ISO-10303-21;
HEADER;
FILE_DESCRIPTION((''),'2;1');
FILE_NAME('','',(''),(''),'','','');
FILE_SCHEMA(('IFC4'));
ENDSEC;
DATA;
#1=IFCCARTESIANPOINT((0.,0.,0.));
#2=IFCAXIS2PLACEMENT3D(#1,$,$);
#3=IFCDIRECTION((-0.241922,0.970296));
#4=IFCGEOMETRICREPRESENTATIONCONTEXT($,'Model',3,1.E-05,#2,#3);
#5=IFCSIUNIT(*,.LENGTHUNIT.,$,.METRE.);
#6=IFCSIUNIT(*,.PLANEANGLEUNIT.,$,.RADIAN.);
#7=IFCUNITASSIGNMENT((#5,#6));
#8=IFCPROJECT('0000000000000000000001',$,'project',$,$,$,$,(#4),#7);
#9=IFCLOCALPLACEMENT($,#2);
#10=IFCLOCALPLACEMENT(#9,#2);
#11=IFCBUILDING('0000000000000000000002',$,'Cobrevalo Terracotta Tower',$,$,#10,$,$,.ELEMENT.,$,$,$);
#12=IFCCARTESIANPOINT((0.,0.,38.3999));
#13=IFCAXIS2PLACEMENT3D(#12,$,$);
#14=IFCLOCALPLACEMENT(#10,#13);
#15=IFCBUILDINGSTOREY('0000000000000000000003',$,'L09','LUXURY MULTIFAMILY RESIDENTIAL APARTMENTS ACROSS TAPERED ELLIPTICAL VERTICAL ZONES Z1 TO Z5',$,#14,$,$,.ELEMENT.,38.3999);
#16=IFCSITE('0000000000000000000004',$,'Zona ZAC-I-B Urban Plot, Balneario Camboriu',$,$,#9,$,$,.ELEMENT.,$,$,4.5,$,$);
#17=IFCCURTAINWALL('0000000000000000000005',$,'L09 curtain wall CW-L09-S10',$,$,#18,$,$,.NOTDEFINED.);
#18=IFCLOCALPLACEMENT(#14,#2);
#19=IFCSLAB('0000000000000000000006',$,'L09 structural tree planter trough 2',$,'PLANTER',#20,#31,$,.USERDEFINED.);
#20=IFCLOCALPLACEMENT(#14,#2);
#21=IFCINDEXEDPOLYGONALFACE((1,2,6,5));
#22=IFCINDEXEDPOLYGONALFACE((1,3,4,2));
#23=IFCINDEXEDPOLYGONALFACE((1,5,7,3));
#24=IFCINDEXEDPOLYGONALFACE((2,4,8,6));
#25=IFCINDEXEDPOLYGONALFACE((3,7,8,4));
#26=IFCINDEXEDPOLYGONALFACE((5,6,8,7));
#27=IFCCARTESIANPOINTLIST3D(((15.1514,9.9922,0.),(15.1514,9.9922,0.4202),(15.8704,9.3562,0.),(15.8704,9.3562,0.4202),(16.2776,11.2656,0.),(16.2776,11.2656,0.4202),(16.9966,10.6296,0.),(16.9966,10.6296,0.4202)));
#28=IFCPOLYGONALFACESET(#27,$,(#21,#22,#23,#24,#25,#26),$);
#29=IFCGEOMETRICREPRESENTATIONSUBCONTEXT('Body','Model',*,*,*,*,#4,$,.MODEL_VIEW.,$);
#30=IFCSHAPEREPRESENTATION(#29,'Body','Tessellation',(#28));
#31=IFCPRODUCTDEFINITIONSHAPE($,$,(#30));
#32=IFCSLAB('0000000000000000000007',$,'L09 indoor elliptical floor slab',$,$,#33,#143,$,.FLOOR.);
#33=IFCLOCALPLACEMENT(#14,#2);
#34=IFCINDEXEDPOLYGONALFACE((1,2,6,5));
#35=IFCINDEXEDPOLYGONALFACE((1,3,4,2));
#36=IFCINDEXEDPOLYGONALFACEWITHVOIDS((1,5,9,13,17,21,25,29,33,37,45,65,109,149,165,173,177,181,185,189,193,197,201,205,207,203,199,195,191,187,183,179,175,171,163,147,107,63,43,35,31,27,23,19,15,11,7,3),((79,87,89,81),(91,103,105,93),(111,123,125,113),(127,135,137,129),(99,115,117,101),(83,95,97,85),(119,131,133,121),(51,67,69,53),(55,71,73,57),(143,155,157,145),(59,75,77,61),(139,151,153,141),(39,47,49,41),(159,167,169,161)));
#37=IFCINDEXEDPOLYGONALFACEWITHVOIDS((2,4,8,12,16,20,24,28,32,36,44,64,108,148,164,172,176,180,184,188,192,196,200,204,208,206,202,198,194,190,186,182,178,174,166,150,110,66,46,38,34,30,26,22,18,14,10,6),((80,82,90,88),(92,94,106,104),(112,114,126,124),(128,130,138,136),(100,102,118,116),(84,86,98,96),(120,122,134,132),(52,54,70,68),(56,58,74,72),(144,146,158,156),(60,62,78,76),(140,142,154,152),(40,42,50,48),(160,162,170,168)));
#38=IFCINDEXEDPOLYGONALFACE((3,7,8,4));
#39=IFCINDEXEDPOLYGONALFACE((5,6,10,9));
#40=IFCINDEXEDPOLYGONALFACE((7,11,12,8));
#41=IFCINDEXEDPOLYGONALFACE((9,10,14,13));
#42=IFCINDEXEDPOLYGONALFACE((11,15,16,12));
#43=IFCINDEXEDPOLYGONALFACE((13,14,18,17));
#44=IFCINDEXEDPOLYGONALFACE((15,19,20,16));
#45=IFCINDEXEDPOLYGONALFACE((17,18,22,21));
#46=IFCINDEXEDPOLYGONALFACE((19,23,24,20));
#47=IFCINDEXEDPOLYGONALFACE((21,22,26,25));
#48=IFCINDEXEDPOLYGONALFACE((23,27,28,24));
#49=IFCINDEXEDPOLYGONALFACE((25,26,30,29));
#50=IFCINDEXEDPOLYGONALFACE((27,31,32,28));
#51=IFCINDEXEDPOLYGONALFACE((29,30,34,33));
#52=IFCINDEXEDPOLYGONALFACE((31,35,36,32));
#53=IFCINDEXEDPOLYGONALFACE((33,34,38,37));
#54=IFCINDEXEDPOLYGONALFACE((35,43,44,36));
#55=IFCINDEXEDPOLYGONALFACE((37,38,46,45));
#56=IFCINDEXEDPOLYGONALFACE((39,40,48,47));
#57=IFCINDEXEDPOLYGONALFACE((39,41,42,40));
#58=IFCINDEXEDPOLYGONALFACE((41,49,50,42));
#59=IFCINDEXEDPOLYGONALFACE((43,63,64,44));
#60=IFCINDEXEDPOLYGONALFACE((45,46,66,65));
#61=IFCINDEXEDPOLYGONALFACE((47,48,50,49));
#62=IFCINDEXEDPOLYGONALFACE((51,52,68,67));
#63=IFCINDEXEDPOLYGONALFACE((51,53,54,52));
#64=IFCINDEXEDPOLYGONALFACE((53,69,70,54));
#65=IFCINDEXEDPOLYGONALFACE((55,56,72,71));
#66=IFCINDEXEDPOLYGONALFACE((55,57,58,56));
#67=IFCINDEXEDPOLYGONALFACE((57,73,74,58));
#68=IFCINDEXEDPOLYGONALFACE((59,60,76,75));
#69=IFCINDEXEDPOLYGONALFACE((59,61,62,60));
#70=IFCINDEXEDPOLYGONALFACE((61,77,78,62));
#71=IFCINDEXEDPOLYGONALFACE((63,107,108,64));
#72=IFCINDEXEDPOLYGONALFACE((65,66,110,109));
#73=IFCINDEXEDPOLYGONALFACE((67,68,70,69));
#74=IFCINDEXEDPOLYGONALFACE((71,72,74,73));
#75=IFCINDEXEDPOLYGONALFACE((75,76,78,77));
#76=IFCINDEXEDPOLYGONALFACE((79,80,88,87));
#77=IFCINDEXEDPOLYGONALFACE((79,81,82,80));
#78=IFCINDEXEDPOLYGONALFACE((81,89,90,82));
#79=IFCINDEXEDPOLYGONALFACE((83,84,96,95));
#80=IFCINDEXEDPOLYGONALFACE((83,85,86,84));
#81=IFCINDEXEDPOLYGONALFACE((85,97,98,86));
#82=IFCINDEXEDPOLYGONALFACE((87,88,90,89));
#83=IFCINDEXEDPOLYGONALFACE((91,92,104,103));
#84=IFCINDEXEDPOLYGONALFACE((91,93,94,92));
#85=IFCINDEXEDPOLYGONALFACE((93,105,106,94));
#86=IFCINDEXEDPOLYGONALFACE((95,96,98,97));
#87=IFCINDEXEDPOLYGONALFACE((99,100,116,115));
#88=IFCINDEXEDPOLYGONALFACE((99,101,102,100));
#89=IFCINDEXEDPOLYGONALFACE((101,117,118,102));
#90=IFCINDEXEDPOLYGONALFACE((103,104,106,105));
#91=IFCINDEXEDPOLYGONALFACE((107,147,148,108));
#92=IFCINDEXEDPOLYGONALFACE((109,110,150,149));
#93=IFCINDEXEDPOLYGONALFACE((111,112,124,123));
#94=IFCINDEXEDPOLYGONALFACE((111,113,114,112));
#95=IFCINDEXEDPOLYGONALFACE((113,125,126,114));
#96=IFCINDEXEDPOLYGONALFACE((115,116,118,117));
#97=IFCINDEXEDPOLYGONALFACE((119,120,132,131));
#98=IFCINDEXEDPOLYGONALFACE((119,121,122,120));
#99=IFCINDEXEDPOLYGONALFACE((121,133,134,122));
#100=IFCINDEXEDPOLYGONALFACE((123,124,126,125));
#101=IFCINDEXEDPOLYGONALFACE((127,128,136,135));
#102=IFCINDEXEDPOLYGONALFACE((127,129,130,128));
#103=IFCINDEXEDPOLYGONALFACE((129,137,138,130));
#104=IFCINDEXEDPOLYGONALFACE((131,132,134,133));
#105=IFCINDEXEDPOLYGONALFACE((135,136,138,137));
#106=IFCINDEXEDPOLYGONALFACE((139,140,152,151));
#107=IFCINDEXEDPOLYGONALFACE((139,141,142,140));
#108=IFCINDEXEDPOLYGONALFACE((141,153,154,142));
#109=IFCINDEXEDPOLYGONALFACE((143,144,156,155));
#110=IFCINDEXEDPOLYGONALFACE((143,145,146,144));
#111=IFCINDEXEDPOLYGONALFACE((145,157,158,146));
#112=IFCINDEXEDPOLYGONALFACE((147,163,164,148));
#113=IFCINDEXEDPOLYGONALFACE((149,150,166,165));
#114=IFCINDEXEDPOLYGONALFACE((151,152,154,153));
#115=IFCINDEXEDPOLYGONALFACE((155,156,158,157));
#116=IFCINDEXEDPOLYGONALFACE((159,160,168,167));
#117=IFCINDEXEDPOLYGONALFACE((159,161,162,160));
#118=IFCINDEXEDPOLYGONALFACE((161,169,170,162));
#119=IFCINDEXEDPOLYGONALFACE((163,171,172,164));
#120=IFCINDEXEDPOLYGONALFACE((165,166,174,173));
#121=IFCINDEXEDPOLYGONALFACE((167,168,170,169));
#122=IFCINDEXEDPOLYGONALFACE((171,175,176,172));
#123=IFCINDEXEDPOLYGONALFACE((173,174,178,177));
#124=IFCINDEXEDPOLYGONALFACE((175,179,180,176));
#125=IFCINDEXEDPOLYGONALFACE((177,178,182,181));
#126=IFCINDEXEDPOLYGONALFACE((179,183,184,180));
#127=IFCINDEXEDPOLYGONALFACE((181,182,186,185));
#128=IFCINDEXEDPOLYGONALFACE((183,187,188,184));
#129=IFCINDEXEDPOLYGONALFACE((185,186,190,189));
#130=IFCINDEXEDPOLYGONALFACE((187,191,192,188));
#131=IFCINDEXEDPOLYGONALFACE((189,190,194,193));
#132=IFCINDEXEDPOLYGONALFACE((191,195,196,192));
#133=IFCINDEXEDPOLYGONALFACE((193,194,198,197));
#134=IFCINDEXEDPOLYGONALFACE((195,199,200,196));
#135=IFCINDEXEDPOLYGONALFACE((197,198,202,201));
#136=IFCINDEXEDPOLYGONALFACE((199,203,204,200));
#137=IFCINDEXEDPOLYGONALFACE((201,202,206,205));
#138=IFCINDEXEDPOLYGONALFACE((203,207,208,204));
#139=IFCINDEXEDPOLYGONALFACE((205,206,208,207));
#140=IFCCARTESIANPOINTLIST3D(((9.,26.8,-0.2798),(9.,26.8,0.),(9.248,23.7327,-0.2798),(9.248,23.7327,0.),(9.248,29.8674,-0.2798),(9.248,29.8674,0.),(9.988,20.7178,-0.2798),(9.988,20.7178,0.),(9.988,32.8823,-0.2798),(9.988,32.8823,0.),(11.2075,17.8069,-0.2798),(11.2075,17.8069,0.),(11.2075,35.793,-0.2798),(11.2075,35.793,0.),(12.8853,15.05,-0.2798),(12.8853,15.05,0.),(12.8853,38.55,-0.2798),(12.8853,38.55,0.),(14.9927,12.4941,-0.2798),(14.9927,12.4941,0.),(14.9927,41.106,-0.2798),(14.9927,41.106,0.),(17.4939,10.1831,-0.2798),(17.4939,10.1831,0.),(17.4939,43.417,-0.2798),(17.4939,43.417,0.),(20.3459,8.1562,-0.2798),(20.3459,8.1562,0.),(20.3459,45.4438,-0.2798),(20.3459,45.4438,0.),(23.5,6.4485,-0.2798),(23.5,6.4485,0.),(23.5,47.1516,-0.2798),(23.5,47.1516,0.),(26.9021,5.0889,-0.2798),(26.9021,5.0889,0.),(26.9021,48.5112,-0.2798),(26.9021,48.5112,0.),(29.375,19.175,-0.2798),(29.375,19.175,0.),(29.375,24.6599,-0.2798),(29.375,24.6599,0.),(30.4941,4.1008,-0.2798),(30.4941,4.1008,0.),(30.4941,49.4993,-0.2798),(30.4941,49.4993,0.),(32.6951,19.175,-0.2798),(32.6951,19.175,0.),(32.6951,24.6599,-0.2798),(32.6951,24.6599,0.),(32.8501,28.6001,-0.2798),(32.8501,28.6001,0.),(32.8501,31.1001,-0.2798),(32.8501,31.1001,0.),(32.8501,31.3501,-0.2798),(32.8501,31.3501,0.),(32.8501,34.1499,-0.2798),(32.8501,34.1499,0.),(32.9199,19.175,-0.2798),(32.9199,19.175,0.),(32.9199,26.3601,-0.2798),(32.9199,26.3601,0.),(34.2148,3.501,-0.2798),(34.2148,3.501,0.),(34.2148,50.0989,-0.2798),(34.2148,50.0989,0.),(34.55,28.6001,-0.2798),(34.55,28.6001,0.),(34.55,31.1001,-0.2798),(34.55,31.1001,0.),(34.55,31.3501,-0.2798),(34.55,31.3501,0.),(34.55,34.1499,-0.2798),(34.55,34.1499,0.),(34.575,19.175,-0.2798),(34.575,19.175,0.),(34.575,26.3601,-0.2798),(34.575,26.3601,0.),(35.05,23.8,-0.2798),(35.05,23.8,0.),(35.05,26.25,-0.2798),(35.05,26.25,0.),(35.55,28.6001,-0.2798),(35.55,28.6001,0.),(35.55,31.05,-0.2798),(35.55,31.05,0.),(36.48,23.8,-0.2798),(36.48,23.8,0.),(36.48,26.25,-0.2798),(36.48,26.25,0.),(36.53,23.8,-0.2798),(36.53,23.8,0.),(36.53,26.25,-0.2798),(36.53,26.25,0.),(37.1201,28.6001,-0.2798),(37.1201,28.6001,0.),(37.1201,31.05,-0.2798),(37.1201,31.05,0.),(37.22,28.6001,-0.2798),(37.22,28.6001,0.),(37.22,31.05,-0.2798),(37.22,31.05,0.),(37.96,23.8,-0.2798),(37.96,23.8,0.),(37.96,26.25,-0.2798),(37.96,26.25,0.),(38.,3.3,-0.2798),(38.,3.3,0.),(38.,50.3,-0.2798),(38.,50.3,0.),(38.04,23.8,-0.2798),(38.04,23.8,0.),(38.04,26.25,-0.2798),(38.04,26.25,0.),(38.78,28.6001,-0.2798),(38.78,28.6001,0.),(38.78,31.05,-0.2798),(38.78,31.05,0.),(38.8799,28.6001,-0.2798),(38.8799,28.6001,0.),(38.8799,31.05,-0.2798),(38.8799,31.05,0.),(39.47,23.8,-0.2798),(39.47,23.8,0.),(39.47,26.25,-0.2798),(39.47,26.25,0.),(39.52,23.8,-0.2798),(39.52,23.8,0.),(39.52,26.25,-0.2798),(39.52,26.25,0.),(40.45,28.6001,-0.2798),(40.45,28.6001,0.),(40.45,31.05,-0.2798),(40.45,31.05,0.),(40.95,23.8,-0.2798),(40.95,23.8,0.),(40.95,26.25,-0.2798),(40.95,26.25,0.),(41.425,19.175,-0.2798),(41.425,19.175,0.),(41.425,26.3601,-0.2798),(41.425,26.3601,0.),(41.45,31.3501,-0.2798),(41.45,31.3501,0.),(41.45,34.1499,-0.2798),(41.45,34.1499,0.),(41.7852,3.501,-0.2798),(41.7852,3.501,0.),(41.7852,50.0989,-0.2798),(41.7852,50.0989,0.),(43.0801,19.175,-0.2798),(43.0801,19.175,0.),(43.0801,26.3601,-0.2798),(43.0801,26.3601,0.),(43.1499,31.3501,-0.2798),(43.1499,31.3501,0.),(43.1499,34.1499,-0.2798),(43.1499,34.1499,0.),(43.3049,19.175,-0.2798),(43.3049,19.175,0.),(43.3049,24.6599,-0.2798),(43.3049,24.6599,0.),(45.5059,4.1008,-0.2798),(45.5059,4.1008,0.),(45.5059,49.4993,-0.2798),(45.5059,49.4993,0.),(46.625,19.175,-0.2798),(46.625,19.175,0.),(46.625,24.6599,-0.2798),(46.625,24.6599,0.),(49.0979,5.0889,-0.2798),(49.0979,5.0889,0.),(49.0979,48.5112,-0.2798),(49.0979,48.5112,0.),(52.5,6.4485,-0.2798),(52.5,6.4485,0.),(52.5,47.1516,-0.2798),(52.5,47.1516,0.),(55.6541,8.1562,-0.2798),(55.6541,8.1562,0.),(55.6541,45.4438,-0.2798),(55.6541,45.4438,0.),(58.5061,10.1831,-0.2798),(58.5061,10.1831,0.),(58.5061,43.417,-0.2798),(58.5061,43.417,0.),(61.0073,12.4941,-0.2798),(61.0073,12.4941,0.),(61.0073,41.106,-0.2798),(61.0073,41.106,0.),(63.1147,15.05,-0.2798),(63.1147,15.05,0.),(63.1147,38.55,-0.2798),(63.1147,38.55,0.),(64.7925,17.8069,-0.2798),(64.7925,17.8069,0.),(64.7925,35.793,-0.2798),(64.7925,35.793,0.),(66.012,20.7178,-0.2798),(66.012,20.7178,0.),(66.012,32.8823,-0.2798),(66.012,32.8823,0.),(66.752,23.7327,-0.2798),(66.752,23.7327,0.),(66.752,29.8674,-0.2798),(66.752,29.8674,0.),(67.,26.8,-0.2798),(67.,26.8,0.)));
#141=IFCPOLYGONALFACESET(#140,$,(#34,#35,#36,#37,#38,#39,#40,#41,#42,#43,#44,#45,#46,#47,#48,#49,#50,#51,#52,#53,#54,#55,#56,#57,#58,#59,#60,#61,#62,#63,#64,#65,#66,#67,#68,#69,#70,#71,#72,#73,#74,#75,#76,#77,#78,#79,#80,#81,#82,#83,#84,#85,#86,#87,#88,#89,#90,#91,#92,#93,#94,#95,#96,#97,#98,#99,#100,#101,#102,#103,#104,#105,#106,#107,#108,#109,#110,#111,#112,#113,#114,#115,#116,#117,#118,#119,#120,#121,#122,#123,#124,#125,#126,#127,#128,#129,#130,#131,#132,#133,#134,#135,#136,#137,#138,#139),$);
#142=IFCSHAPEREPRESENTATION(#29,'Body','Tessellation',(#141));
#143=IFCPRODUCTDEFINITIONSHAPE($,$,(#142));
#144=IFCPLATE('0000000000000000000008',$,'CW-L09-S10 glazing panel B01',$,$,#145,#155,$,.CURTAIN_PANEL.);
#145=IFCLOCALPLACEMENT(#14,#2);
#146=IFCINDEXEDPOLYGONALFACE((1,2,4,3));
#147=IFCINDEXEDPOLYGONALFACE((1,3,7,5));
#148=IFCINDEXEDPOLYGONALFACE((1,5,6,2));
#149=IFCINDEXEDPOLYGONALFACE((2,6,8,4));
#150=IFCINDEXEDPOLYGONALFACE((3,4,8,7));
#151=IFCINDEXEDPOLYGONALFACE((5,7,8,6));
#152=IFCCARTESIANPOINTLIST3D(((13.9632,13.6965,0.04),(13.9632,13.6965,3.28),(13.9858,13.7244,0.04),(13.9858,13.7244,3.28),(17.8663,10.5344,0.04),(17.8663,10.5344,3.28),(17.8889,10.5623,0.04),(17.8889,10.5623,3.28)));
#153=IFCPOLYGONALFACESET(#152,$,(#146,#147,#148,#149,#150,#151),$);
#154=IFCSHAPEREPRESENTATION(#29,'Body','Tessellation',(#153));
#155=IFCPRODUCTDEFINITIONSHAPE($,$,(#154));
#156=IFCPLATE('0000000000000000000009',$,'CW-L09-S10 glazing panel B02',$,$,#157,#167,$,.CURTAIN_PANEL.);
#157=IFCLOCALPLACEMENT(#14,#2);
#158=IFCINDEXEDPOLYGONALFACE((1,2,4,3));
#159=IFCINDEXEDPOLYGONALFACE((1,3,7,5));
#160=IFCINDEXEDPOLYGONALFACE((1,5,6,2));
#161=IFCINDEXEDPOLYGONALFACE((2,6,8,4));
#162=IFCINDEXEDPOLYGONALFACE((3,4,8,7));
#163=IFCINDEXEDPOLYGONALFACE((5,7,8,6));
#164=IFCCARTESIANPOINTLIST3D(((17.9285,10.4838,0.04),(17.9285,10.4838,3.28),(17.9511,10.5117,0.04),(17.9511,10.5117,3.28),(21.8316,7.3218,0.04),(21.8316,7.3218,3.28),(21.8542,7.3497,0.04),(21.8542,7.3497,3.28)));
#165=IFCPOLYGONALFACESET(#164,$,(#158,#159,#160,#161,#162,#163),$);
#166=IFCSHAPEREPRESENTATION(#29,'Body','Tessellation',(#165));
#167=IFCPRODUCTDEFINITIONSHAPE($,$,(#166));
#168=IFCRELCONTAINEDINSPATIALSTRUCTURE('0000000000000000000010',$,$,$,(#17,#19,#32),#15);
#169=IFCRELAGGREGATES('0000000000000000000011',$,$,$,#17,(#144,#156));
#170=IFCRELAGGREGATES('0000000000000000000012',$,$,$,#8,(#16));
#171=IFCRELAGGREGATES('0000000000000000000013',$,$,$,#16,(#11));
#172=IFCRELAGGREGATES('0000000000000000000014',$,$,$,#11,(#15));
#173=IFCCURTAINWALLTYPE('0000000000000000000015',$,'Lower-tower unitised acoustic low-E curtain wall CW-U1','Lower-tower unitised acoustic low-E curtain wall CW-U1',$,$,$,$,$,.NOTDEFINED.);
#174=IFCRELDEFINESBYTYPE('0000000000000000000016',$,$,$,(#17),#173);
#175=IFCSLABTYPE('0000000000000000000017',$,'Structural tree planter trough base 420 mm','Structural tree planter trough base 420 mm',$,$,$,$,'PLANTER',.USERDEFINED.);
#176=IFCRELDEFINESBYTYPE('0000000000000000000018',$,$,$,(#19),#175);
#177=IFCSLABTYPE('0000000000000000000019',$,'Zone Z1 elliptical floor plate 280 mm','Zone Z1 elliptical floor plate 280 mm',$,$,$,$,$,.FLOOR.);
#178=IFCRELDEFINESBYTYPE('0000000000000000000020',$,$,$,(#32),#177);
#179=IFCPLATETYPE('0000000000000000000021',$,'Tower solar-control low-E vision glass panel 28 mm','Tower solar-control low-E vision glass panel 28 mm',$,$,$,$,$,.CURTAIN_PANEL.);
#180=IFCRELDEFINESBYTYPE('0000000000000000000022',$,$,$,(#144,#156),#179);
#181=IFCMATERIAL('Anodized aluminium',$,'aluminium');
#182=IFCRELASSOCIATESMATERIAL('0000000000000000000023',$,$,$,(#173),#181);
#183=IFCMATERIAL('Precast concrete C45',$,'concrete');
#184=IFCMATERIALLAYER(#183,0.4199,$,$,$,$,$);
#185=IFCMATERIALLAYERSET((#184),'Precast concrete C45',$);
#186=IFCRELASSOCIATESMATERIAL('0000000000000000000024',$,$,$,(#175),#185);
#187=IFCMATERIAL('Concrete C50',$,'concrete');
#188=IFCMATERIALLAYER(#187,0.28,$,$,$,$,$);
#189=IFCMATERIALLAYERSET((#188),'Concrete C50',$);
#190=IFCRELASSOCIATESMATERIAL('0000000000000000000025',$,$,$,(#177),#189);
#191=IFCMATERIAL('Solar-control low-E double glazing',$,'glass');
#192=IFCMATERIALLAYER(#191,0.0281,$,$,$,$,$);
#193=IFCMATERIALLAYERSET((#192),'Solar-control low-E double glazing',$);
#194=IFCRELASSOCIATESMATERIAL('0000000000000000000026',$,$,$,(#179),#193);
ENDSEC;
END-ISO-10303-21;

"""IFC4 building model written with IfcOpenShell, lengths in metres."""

from ifc_helpers import new_model, si_unit, direction, frame, origin, origin_2d, place, context, subcontext, project, spatial, polyline, rectangle, outline, extrude, source, transform, mapped, material, layer, layer_set, type_object, element, aggregate, save


model = new_model("IFC4")

# Units and contexts
model_context = context("Model", 3, precision=1e-05, world=origin(), true_north=direction((-0.241922, 0.970296)))
body_context = subcontext(model_context, "Body", "Model", "MODEL_VIEW")
ifc_project = project(units=[si_unit("LENGTHUNIT", "METRE"), si_unit("PLANEANGLEUNIT", "RADIAN")], contexts=[model_context])

# Site, building, storey
site_placement = place(None, origin())
site = spatial("IfcSite", under=ifc_project, at=site_placement, Name="Zona ZAC-I-B Urban Plot, Balneario Camboriu", CompositionType="ELEMENT", RefElevation=4.5)
building_placement = place(site_placement, origin())
building = spatial("IfcBuilding", under=site, at=building_placement, Name="Cobrevalo Terracotta Tower", CompositionType="ELEMENT")
storey_placement = place(building_placement, frame((0.0, 0.0, 38.3999)))
storey = spatial("IfcBuildingStorey", under=building, at=storey_placement, Name="L09", Description="LUXURY MULTIFAMILY RESIDENTIAL APARTMENTS ACROSS TAPERED ELLIPTICAL VERTICAL ZONES Z1 TO Z5", CompositionType="ELEMENT", Elevation=38.3999)

# Curtain wall
ifc_material_1 = material(Name="Anodized aluminium", Category="aluminium")
curtain_wall_type = type_object("IfcCurtainWallType", Name="Lower-tower unitised acoustic low-E curtain wall CW-U1", Description="Lower-tower unitised acoustic low-E curtain wall CW-U1", PredefinedType="NOTDEFINED", material=ifc_material_1)
curtain_wall_placement = place(storey_placement, origin())
curtain_wall = element("IfcCurtainWall", 1, at=curtain_wall_placement, inside=storey, type_object=curtain_wall_type, Name="L09 curtain wall CW-L09-S10", PredefinedType="NOTDEFINED")

# Shared definitions
ifc_material_2 = material(Name="Concrete C50", Category="concrete")

# Slabs
ifc_material_3 = material(Name="Precast concrete C45", Category="concrete")
ifc_layer_1 = layer(ifc_material_3, 0.4199)
ifc_layer_set_1 = layer_set([ifc_layer_1], Name="Precast concrete C45")
slab_type_1 = type_object("IfcSlabType", Name="Structural tree planter trough base 420 mm", Description="Structural tree planter trough base 420 mm", ElementType="PLANTER", PredefinedType="USERDEFINED", material=ifc_layer_set_1)
slab_1_placement = place(storey_placement, origin())
element("IfcSlab", 2, at=slab_1_placement, inside=storey, type_object=slab_type_1, Name="L09 structural tree planter trough 2", ObjectType="PLANTER", PredefinedType="USERDEFINED", context=body_context, shape_type="SweptSolid", body=[
    extrude(outline(polyline([(16.2776, 11.2656), (15.1514, 9.9922), (15.8704, 9.3562), (16.9966, 10.6296), (16.2776, 11.2656)])), origin(), (0.0, 0.0, 1.0), 0.4202),
])
ifc_layer_2 = layer(ifc_material_2, 0.28)
ifc_layer_set_2 = layer_set([ifc_layer_2], Name="Concrete C50")
slab_type_2 = type_object("IfcSlabType", Name="Zone Z1 elliptical floor plate 280 mm", Description="Zone Z1 elliptical floor plate 280 mm", PredefinedType="FLOOR", material=ifc_layer_set_2)
slab_2_placement = place(storey_placement, frame((0.0, 0.0, -0.2798)))
element("IfcSlab", 3, at=slab_2_placement, inside=storey, type_object=slab_type_2, Name="L09 indoor elliptical floor slab", PredefinedType="FLOOR", context=body_context, shape_type="SweptSolid", body=[
    extrude(outline(polyline([(66.752, 23.7327), (66.012, 20.7178), (64.7925, 17.8069), (63.1147, 15.05), (61.0073, 12.4941), (58.5061, 10.1831), (55.6541, 8.1562), (52.5, 6.4485), (49.0979, 5.0889), (45.5059, 4.1008), (41.7852, 3.501), (38.0, 3.3), (34.2148, 3.501), (30.4941, 4.1008), (26.9021, 5.0889), (23.5, 6.4485), (20.3459, 8.1562), (17.4939, 10.1831), (14.9927, 12.4941), (12.8853, 15.05), (11.2075, 17.8069), (9.988, 20.7178), (9.248, 23.7327), (9.0, 26.8), (9.248, 29.8674), (9.988, 32.8823), (11.2075, 35.793), (12.8853, 38.55), (14.9927, 41.106), (17.4939, 43.417), (20.3459, 45.4438), (23.5, 47.1516), (26.9021, 48.5112), (30.4941, 49.4993), (34.2148, 50.0989), (38.0, 50.3), (41.7852, 50.0989), (45.5059, 49.4993), (49.0979, 48.5112), (52.5, 47.1516), (55.6541, 45.4438), (58.5061, 43.417), (61.0073, 41.106), (63.1147, 38.55), (64.7925, 35.793), (66.012, 32.8823), (66.752, 29.8674), (67.0, 26.8), (66.752, 23.7327)]), holes=[polyline([(32.6951, 19.175), (32.6951, 24.6599), (29.375, 24.6599), (29.375, 19.175), (32.6951, 19.175)]), polyline([(34.575, 19.175), (34.575, 26.3601), (32.9199, 26.3601), (32.9199, 19.175), (34.575, 19.175)]), polyline([(36.48, 23.8), (36.48, 26.25), (35.05, 26.25), (35.05, 23.8), (36.48, 23.8)]), polyline([(37.96, 23.8), (37.96, 26.25), (36.53, 26.25), (36.53, 23.8), (37.96, 23.8)]), polyline([(37.1201, 28.6001), (37.1201, 31.05), (35.55, 31.05), (35.55, 28.6001), (37.1201, 28.6001)]), polyline([(34.55, 28.6001), (34.55, 31.1001), (32.8501, 31.1001), (32.8501, 28.6001), (34.55, 28.6001)]), polyline([(34.55, 31.3501), (34.55, 34.1499), (32.8501, 34.1499), (32.8501, 31.3501), (34.55, 31.3501)]), polyline([(46.625, 19.175), (46.625, 24.6599), (43.3049, 24.6599), (43.3049, 19.175), (46.625, 19.175)]), polyline([(43.0801, 19.175), (43.0801, 26.3601), (41.425, 26.3601), (41.425, 19.175), (43.0801, 19.175)]), polyline([(39.47, 23.8), (39.47, 26.25), (38.04, 26.25), (38.04, 23.8), (39.47, 23.8)]), polyline([(40.95, 23.8), (40.95, 26.25), (39.52, 26.25), (39.52, 23.8), (40.95, 23.8)]), polyline([(38.78, 28.6001), (38.78, 31.05), (37.22, 31.05), (37.22, 28.6001), (38.78, 28.6001)]), polyline([(40.45, 28.6001), (40.45, 31.05), (38.8799, 31.05), (38.8799, 28.6001), (40.45, 28.6001)]), polyline([(43.1499, 31.3501), (43.1499, 34.1499), (41.45, 34.1499), (41.45, 31.3501), (43.1499, 31.3501)])]), origin(), (0.0, 0.0, 1.0), 0.2798),
])

# Plates
ifc_material_4 = material(Name="Solar-control low-E double glazing", Category="glass")
ifc_layer_3 = layer(ifc_material_4, 0.0281)
ifc_layer_set_3 = layer_set([ifc_layer_3], Name="Solar-control low-E double glazing")
plate_type = type_object("IfcPlateType", Name="Tower solar-control low-E vision glass panel 28 mm", Description="Tower solar-control low-E vision glass panel 28 mm", PredefinedType="CURTAIN_PANEL", material=ifc_layer_set_3)
shared_shape_1 = source(origin(), body_context, "Body", "SweptSolid", [
    extrude(rectangle(XDim=5.0232, YDim=0.0359, at=origin_2d()), origin(), (0.0, 0.0, 1.0), 3.24),
])
plate_1_placement = place(storey_placement, frame((15.926, 12.1294, 0.04), z_axis=(0.0, 0.0, 1.0), x_axis=(0.777008, -0.629491, 0.0)))
plate_1 = element("IfcPlate", 4, at=plate_1_placement, type_object=plate_type, Name="CW-L09-S10 glazing panel B01", PredefinedType="CURTAIN_PANEL", context=body_context, shape_type="MappedRepresentation", body=[
    mapped(shared_shape_1, transform((0.0, 0.0, 0.0), scale=1.0)),
])
plate_2_placement = place(storey_placement, frame((19.8914, 8.9167, 0.04), z_axis=(0.0, 0.0, 1.0), x_axis=(0.777008, -0.629491, 0.0)))
plate_2 = element("IfcPlate", 5, at=plate_2_placement, type_object=plate_type, Name="CW-L09-S10 glazing panel B02", PredefinedType="CURTAIN_PANEL", context=body_context, shape_type="MappedRepresentation", body=[
    mapped(shared_shape_1, transform((0.0, 0.0, 0.0), scale=1.0)),
])
aggregate(curtain_wall, [plate_1, plate_2])

save(model, "model.ifc")
